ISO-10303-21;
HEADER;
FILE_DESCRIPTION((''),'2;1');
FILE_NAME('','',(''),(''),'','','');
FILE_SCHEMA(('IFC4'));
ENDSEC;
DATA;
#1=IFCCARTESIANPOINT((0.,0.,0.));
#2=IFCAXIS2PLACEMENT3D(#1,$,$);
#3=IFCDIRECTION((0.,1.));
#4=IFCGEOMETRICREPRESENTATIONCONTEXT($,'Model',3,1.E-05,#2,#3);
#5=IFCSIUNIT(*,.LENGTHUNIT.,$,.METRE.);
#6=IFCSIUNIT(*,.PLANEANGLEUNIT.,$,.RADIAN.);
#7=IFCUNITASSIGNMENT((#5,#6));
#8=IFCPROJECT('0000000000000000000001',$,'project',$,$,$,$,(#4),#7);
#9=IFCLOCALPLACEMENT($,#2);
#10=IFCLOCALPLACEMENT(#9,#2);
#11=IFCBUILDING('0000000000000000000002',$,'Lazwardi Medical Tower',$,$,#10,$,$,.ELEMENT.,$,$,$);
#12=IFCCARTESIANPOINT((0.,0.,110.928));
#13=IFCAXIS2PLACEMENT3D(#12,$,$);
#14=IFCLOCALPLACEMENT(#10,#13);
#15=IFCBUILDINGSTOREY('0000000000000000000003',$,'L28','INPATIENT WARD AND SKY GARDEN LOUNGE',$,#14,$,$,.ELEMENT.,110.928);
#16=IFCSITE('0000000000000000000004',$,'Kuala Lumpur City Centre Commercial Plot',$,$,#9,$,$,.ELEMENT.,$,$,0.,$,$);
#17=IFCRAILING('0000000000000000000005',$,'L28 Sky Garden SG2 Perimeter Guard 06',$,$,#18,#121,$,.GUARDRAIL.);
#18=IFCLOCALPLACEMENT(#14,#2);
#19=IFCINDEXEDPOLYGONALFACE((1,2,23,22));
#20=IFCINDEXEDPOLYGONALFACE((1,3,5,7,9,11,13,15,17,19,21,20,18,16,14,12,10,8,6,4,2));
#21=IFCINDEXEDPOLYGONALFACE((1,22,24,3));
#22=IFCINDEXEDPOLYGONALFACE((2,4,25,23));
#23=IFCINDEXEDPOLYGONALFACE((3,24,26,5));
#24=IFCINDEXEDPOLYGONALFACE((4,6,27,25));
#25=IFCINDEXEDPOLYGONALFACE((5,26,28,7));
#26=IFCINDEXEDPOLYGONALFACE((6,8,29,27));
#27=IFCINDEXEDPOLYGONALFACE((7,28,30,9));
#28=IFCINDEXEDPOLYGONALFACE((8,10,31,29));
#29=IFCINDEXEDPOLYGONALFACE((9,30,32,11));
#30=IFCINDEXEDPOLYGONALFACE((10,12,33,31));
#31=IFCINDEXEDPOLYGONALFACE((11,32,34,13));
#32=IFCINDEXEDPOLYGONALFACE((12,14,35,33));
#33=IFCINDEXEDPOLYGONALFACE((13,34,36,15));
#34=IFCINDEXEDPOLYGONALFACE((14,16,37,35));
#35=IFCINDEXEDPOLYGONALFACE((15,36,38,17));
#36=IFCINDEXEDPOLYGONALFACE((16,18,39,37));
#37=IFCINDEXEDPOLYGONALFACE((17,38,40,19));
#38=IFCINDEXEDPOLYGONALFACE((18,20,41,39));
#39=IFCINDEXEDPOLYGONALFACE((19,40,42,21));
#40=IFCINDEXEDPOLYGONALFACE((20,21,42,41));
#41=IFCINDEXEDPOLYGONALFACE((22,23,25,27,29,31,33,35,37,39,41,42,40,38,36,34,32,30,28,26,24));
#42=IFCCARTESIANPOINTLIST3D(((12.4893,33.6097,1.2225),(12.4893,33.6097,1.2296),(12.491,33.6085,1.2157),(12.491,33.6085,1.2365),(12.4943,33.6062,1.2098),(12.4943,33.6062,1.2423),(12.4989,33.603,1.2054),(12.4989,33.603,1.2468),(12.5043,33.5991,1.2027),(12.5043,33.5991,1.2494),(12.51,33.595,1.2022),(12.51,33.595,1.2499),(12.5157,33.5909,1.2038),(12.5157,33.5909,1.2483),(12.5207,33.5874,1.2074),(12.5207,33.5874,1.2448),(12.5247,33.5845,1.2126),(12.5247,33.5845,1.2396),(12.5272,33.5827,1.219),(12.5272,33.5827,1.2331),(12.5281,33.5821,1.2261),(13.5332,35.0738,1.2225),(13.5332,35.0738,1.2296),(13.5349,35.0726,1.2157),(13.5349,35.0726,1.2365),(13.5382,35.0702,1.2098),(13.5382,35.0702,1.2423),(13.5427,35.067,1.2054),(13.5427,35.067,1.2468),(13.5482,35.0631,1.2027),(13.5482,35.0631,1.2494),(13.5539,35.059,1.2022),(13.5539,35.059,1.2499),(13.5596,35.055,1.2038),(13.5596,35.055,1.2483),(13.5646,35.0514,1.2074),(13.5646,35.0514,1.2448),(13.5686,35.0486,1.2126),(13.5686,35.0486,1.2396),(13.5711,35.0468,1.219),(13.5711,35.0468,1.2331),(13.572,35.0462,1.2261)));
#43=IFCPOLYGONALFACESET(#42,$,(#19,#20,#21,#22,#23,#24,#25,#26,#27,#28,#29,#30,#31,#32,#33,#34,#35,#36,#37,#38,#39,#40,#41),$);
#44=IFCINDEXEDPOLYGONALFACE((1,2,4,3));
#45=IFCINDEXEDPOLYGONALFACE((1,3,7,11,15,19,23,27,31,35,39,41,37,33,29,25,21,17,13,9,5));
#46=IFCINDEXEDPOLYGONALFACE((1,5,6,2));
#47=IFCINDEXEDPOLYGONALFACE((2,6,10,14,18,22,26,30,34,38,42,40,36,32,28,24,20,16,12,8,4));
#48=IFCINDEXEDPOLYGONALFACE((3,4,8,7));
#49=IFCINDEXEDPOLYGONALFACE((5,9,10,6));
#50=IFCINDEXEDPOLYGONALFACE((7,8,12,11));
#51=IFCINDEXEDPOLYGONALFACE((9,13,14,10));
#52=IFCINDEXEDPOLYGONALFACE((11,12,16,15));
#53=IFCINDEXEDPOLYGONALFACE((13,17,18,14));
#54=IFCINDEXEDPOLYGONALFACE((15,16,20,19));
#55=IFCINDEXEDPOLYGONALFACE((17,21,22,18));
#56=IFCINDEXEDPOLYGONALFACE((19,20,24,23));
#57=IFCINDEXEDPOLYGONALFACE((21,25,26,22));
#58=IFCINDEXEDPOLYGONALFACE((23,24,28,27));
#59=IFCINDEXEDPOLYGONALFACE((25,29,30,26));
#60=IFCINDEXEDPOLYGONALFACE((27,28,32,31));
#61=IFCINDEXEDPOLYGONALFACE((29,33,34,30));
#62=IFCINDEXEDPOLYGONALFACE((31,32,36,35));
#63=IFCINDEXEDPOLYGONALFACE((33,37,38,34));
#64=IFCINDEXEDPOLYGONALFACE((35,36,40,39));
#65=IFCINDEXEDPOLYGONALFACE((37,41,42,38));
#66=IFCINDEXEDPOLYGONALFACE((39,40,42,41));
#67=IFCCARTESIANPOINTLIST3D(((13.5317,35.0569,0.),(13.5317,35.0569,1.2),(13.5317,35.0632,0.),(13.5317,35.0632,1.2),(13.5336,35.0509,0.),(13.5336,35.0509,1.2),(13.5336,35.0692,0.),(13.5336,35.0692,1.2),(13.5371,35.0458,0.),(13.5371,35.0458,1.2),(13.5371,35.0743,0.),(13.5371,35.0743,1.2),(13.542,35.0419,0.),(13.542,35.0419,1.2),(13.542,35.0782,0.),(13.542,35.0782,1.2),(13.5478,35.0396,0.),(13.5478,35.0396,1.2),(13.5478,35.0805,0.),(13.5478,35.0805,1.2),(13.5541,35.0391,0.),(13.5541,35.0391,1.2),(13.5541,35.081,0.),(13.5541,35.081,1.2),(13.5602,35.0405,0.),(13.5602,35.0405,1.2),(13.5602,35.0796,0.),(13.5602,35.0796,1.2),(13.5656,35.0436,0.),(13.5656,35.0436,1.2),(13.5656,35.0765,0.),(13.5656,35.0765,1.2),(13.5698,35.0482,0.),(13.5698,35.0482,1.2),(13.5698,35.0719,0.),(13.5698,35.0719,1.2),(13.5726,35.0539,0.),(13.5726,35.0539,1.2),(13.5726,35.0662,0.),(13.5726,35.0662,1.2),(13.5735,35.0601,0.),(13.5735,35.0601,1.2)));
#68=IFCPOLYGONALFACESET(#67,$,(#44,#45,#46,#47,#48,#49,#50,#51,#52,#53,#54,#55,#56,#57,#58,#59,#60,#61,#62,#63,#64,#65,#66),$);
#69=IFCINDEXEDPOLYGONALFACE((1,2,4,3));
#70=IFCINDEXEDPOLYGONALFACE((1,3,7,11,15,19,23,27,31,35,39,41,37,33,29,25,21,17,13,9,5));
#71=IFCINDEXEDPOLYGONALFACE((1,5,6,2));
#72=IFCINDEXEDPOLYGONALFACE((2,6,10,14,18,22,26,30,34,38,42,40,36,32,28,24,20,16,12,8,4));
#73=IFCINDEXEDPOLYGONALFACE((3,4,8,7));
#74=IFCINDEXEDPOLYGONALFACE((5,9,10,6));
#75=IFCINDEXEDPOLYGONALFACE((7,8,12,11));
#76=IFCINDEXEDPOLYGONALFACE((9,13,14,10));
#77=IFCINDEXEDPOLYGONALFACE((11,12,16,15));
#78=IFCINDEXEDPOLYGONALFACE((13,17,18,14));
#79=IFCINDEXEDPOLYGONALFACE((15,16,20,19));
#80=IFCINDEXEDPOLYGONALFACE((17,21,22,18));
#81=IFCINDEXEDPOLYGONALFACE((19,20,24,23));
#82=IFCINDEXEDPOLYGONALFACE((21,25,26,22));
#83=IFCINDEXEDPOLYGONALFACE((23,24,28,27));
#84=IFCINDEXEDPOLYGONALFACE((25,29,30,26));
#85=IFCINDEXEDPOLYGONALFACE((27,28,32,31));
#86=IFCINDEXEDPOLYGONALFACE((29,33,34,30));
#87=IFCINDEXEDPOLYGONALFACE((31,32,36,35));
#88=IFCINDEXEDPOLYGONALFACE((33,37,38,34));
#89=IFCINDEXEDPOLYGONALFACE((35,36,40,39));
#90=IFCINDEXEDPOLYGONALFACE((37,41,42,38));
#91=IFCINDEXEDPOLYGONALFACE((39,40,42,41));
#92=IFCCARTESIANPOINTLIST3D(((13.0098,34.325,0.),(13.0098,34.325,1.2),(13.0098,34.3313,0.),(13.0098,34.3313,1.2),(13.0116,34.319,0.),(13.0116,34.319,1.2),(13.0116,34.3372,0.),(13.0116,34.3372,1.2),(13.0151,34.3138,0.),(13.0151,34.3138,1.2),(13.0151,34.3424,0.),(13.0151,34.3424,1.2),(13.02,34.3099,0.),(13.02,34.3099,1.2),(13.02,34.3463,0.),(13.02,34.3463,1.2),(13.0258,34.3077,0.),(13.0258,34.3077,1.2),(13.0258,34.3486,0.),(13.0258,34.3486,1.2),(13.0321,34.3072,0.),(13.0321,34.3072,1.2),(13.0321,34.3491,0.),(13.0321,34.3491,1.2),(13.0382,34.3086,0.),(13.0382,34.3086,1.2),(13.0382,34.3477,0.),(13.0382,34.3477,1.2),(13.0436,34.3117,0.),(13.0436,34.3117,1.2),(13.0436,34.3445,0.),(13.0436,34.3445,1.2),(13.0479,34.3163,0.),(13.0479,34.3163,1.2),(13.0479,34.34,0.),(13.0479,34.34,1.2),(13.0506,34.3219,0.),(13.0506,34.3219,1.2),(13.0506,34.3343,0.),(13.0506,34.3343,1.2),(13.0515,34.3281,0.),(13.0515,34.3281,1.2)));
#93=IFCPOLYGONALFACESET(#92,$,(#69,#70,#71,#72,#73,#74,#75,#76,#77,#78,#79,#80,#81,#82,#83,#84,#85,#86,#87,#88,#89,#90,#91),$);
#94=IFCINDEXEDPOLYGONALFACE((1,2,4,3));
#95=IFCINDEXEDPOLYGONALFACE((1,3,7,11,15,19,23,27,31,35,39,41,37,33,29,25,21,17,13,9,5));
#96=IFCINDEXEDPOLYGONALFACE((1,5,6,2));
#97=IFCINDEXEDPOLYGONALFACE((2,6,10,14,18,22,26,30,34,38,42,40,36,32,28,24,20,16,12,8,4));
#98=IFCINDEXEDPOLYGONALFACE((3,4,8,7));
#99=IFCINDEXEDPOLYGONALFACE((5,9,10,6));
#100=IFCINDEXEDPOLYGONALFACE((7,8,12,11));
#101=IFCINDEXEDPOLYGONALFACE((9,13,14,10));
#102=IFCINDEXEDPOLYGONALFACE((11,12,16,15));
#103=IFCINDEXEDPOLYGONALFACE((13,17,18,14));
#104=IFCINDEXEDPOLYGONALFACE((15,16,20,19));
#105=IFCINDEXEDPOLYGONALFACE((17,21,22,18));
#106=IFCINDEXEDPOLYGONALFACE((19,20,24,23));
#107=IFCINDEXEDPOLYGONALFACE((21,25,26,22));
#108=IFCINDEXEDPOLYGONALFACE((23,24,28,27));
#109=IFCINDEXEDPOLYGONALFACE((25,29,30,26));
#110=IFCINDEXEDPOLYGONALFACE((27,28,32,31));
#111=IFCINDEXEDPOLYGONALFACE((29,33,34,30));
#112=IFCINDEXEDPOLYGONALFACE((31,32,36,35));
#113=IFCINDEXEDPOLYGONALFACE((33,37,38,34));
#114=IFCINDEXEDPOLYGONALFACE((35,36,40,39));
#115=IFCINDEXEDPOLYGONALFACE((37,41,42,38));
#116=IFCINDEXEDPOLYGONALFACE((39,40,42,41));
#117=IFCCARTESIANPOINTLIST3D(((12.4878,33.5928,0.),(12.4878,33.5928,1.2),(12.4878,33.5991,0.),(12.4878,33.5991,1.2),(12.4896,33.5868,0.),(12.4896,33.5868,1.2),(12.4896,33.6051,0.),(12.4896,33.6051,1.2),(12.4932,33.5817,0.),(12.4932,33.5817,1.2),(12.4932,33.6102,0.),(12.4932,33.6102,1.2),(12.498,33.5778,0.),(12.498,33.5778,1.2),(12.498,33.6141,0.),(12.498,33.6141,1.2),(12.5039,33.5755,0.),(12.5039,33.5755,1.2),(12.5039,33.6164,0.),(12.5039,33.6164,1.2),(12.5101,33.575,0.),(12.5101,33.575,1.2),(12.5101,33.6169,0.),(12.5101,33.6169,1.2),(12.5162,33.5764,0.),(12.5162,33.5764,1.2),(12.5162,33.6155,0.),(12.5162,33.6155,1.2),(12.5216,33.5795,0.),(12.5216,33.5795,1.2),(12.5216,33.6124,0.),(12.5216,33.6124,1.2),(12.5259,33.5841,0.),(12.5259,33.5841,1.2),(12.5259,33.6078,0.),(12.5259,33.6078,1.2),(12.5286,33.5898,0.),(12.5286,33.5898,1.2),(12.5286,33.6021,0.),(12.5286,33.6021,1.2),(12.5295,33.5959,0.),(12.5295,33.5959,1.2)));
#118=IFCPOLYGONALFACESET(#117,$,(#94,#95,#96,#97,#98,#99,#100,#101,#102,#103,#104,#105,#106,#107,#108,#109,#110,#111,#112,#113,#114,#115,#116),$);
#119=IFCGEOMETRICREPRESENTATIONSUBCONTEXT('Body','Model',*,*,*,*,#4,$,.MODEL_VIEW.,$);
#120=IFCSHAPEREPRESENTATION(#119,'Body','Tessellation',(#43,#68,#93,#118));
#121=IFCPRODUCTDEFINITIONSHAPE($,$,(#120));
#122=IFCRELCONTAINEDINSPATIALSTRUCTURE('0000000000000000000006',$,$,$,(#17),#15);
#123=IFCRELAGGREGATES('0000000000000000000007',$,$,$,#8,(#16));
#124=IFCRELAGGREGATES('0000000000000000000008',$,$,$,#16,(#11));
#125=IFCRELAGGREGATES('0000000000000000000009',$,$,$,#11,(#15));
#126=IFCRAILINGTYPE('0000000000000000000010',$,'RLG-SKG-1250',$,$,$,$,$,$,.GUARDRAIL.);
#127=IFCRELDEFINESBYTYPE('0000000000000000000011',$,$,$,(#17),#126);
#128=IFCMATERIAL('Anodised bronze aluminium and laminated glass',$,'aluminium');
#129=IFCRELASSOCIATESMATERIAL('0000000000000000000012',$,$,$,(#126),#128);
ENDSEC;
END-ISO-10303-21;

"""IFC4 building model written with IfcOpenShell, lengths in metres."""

from ifc_helpers import new_model, si_unit, direction, frame, origin, origin_2d, place, context, subcontext, project, spatial, circle, extrude, material, type_object, element, save


model = new_model("IFC4")

# Units and contexts
model_context = context("Model", 3, precision=1e-05, world=origin(), true_north=direction((0.0, 1.0)))
body_context = subcontext(model_context, "Body", "Model", "MODEL_VIEW")
ifc_project = project(units=[si_unit("LENGTHUNIT", "METRE"), si_unit("PLANEANGLEUNIT", "RADIAN")], contexts=[model_context])

# Site, building, storey
site_placement = place(None, origin())
site = spatial("IfcSite", under=ifc_project, at=site_placement, Name="Kuala Lumpur City Centre Commercial Plot", CompositionType="ELEMENT", RefElevation=0.0)
building_placement = place(site_placement, origin())
building = spatial("IfcBuilding", under=site, at=building_placement, Name="Lazwardi Medical Tower", CompositionType="ELEMENT")
storey_placement = place(building_placement, frame((0.0, 0.0, 110.928)))
storey = spatial("IfcBuildingStorey", under=building, at=storey_placement, Name="L28", Description="INPATIENT WARD AND SKY GARDEN LOUNGE", CompositionType="ELEMENT", Elevation=110.928)

# Shared definitions
ifc_material_1 = material(Name="Anodised bronze aluminium and laminated glass", Category="aluminium")

# Railing
railing_type = type_object("IfcRailingType", Name="RLG-SKG-1250", PredefinedType="GUARDRAIL", material=ifc_material_1)
railing_1_placement = place(storey_placement, frame((13.5525, 35.0601, 0.0)))
element("IfcRailing", 1, at=railing_1_placement, inside=storey, type_object=railing_type, Name="L28 Sky Garden SG2 Perimeter Guard 06", PredefinedType="GUARDRAIL", context=body_context, shape_type="SweptSolid", body=[
    extrude(circle(Radius=0.0239, at=origin_2d()), frame((0.0, 0.0, 1.2261), z_axis=(-0.580557, -0.814219, 0.0), x_axis=(0.814219, -0.580557, 0.0)), (0.0, 0.0, 1.0), 1.7981),
    extrude(circle(Radius=0.021, at=origin_2d()), origin(), (0.0, 0.0, 1.0), 1.2),
    extrude(circle(Radius=0.021, at=origin_2d()), frame((-0.522, -0.7319, 0.0)), (0.0, 0.0, 1.0), 1.2),
    extrude(circle(Radius=0.021, at=origin_2d()), frame((-1.0439, -1.4641, 0.0)), (0.0, 0.0, 1.0), 1.2),
])

save(model, "model.ifc")
